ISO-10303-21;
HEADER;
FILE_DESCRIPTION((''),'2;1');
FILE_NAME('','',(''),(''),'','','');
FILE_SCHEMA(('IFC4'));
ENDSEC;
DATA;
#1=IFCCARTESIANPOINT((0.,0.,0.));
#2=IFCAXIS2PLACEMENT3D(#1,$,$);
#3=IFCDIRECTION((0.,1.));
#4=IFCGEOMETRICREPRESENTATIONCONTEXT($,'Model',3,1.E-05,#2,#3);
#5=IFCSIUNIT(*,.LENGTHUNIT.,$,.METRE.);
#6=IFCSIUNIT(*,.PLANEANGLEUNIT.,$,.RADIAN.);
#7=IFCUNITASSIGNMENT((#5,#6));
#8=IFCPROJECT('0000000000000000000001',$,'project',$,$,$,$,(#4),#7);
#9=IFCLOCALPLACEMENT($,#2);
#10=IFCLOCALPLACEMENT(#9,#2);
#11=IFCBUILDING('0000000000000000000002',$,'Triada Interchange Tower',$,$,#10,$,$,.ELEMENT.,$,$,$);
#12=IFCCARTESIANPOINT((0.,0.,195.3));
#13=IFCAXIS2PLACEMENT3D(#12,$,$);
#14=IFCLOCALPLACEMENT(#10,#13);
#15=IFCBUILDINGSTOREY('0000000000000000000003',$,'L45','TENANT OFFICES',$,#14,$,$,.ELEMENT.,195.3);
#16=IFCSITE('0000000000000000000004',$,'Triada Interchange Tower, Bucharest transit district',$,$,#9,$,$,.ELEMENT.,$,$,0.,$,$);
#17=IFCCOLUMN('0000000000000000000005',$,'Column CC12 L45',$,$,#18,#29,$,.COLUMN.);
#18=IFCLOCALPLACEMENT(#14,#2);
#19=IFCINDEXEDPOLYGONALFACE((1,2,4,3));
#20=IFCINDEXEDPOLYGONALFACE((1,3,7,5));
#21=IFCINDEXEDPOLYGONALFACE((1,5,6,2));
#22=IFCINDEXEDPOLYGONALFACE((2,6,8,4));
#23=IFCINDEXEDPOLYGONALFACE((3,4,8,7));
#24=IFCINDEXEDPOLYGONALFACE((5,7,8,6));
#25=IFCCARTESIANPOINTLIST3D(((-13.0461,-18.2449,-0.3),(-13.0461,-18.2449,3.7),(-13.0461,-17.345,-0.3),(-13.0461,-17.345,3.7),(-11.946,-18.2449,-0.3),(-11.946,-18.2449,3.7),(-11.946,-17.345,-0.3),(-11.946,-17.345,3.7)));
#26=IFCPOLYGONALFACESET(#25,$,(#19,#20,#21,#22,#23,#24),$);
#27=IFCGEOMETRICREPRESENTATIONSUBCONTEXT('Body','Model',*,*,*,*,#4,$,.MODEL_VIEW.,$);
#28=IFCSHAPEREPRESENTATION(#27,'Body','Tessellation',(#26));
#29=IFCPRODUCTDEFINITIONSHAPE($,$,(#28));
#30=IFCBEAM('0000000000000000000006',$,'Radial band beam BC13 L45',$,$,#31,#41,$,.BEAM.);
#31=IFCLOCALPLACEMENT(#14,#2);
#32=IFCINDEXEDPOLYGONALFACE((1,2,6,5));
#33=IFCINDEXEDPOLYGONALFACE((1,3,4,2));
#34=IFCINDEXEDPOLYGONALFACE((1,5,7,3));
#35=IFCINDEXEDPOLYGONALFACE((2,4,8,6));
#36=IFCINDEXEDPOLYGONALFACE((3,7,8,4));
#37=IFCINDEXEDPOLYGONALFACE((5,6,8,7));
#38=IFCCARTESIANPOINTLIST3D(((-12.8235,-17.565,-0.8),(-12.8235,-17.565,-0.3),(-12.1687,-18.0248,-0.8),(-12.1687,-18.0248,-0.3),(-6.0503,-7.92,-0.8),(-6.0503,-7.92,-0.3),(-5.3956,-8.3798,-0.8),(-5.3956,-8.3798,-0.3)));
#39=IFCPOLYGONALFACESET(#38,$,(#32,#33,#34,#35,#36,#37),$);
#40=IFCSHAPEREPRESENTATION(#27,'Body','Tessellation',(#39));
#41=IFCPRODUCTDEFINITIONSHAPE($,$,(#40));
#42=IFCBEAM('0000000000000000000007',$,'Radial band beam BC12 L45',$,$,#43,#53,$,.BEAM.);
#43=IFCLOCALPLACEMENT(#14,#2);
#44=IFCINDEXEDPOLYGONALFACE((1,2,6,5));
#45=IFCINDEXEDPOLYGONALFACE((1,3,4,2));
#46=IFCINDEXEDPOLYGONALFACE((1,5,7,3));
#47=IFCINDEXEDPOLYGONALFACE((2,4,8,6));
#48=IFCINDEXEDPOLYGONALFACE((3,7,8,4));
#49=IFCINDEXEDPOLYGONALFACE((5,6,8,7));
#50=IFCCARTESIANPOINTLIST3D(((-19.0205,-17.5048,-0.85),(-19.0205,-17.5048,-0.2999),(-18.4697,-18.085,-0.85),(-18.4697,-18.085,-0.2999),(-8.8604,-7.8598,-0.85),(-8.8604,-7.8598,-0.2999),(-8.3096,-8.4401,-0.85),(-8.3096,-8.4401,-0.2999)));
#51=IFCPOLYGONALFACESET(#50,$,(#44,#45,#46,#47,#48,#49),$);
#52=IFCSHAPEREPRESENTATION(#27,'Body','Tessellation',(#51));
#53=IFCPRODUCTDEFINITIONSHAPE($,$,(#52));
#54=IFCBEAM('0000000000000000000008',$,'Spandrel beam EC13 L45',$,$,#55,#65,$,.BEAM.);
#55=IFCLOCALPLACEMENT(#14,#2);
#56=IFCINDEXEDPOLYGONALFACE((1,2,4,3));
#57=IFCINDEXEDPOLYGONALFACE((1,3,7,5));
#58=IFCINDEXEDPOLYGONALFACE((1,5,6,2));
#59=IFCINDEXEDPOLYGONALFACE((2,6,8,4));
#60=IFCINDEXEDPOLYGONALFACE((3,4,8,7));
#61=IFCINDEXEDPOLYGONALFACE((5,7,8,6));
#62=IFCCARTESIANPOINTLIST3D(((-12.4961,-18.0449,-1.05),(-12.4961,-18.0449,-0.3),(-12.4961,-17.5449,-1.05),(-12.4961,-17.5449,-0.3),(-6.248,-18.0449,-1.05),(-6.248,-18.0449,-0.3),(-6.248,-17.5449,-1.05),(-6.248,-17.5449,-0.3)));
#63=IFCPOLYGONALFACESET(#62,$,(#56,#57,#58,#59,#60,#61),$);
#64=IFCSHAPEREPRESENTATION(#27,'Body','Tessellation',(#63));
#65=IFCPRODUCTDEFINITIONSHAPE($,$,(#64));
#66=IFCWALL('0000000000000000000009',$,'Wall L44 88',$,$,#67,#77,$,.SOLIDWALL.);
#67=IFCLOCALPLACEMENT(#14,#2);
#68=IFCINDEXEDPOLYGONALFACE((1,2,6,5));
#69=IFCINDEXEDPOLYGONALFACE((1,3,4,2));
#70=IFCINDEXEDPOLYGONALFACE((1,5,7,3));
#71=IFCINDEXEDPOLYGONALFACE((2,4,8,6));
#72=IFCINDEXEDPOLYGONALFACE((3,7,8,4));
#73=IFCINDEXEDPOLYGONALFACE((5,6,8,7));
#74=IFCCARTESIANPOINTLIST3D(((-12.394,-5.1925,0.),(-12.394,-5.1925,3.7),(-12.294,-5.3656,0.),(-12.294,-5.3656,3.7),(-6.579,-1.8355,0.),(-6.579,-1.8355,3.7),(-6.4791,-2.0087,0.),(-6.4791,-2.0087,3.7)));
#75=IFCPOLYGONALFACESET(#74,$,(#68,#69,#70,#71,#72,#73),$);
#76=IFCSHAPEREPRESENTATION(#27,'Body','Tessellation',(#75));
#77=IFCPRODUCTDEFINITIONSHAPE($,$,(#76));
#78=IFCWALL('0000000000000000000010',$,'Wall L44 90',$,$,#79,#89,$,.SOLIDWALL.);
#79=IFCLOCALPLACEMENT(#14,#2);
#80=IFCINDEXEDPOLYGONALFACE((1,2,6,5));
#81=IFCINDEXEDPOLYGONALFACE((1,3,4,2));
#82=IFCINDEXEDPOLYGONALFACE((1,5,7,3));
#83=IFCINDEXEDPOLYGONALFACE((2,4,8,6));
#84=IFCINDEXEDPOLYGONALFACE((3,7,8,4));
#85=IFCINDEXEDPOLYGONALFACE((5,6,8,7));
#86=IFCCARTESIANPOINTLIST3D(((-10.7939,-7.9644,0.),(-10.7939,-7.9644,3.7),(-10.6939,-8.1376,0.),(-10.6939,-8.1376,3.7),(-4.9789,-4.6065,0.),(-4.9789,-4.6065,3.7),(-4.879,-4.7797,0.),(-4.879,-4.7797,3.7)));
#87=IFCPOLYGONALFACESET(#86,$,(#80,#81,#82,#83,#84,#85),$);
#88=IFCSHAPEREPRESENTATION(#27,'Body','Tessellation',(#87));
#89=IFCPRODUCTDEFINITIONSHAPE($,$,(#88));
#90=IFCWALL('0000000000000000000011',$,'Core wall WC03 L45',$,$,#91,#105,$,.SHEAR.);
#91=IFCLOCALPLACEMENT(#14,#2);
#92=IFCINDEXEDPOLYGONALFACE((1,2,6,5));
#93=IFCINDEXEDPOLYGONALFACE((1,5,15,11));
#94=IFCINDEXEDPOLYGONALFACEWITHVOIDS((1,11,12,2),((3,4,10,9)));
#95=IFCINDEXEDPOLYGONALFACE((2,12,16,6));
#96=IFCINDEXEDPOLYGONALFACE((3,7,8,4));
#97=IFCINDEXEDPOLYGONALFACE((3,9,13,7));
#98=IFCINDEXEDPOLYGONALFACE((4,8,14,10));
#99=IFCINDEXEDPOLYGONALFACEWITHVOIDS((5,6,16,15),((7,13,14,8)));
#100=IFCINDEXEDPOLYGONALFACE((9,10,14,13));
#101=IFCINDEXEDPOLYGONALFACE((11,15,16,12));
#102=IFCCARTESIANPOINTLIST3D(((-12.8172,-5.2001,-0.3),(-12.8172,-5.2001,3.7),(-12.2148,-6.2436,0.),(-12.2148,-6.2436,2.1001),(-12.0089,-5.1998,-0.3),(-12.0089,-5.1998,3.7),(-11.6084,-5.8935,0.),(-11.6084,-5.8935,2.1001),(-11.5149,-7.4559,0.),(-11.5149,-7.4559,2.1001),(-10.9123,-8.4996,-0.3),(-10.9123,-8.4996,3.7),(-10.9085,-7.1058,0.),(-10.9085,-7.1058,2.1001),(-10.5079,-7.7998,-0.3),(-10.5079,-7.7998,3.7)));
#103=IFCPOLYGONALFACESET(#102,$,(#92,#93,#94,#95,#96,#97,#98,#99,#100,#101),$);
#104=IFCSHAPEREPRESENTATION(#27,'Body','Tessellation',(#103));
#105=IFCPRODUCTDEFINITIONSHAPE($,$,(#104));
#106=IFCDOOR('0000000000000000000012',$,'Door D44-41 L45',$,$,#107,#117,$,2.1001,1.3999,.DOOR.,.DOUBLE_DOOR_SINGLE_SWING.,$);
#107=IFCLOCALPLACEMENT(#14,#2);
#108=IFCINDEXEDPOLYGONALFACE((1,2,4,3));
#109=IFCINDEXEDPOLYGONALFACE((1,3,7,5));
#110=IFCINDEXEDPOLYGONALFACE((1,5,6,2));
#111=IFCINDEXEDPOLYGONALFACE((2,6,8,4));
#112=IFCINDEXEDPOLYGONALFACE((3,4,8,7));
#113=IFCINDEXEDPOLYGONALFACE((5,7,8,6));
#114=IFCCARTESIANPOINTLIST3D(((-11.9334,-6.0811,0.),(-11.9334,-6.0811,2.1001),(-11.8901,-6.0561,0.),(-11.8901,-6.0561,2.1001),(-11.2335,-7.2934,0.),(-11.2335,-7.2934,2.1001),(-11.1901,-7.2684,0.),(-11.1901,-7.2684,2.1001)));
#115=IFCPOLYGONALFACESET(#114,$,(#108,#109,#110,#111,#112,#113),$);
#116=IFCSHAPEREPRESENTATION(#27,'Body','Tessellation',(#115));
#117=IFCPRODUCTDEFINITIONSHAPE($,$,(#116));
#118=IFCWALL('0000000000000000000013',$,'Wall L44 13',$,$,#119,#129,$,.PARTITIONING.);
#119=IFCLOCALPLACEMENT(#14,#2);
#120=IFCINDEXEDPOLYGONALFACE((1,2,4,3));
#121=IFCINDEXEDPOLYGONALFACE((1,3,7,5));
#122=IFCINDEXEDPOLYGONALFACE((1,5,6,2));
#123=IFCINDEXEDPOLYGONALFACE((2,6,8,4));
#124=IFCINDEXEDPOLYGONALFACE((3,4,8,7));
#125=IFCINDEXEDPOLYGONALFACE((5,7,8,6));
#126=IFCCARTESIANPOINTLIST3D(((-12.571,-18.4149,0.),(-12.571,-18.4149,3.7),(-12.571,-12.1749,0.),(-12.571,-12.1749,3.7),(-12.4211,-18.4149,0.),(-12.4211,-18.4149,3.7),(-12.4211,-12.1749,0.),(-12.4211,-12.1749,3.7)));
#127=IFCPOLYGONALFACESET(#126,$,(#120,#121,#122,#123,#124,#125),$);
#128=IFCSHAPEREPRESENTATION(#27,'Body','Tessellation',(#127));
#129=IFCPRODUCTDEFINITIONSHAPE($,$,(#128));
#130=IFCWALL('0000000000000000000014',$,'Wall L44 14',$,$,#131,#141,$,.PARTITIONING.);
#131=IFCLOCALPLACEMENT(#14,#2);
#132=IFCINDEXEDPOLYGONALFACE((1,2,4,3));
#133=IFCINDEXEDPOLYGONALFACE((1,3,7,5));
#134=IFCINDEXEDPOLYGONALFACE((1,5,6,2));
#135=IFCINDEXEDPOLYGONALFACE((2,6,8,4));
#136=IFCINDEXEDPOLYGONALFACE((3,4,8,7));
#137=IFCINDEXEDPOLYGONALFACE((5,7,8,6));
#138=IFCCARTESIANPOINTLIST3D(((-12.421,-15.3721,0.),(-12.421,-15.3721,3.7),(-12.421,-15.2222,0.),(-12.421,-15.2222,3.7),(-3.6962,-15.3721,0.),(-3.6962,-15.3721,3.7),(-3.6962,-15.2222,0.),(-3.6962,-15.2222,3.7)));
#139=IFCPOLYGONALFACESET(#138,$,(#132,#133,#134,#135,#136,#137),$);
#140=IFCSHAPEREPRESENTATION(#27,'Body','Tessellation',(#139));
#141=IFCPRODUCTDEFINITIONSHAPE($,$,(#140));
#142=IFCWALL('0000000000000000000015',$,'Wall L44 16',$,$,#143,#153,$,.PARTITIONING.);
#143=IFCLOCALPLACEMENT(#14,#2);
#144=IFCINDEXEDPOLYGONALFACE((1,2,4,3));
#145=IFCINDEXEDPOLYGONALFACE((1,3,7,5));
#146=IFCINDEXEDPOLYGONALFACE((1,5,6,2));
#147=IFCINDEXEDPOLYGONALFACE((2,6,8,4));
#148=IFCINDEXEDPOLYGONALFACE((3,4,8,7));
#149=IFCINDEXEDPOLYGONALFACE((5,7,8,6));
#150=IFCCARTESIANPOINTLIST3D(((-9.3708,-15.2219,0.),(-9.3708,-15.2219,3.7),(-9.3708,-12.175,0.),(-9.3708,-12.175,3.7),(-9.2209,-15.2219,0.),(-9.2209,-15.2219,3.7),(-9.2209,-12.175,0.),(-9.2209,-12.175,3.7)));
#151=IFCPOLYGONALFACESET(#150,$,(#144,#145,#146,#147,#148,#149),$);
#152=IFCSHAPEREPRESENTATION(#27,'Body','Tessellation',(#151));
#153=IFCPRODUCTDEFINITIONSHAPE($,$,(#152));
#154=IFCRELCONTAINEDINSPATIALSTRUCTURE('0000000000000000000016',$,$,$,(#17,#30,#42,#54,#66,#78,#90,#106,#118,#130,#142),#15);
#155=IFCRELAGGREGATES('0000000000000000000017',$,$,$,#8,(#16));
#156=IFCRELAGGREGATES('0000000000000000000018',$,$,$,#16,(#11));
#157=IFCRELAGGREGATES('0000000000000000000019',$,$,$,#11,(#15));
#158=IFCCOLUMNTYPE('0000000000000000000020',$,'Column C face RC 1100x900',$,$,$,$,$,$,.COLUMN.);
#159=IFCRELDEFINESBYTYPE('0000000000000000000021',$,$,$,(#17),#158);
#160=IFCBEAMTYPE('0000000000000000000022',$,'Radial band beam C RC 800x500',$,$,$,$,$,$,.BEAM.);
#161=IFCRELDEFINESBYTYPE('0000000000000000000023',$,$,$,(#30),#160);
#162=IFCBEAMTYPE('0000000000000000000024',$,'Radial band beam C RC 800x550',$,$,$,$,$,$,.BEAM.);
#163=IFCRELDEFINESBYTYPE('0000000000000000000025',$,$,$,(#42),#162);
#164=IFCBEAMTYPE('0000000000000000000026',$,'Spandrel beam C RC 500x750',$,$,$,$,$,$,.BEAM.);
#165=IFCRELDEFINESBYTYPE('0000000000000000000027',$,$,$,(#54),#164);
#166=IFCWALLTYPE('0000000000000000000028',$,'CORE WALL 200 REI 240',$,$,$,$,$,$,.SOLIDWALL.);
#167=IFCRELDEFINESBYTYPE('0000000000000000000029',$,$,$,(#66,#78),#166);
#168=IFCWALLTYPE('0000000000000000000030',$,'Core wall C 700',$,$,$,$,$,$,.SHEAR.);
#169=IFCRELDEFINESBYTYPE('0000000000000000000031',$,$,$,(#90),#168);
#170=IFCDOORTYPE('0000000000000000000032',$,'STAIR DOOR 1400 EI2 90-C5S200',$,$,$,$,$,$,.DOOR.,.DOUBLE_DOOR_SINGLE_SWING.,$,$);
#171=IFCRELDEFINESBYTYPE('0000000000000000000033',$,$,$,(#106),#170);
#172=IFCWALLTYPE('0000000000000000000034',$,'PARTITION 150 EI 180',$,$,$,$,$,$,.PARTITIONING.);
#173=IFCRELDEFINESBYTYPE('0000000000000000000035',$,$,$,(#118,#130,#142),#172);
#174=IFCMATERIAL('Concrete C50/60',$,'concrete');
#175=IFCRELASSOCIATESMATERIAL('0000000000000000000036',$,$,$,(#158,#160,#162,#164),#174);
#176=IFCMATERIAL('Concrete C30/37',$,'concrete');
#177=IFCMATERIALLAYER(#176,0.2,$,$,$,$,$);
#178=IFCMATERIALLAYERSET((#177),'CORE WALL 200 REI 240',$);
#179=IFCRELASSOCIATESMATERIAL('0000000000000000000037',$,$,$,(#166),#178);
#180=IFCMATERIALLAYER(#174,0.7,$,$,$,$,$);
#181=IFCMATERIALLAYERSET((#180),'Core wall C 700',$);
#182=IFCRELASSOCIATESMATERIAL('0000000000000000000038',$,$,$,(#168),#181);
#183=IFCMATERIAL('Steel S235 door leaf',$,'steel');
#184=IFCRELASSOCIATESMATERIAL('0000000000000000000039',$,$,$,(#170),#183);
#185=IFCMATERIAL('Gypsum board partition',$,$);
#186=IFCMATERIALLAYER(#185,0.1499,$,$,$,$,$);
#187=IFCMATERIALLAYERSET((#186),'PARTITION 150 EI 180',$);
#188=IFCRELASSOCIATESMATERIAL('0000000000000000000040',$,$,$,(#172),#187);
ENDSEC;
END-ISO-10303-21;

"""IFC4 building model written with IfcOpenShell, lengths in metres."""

from ifc_helpers import new_model, si_unit, direction, frame, frame_2d, origin, origin_2d, place, context, subcontext, project, spatial, polyline, rectangle, outline, extrude, material, layer, layer_set, material_profile, profile_set, type_object, element, fill, save


model = new_model("IFC4")

# Units and contexts
model_context = context("Model", 3, precision=1e-05, world=origin(), true_north=direction((0.0, 1.0)))
body_context = subcontext(model_context, "Body", "Model", "MODEL_VIEW")
ifc_project = project(units=[si_unit("LENGTHUNIT", "METRE"), si_unit("PLANEANGLEUNIT", "RADIAN")], contexts=[model_context])

# Site, building, storey
site_placement = place(None, origin())
site = spatial("IfcSite", under=ifc_project, at=site_placement, Name="Triada Interchange Tower, Bucharest transit district", CompositionType="ELEMENT", RefElevation=0.0)
building_placement = place(site_placement, origin())
building = spatial("IfcBuilding", under=site, at=building_placement, Name="Triada Interchange Tower", CompositionType="ELEMENT")
storey_placement = place(building_placement, frame((0.0, 0.0, 195.3)))
storey = spatial("IfcBuildingStorey", under=building, at=storey_placement, Name="L45", Description="TENANT OFFICES", CompositionType="ELEMENT", Elevation=195.3)

# Column
ifc_material_1 = material(Name="Concrete C50/60", Category="concrete")
ifc_material_profile_1 = material_profile(ifc_material_1, rectangle(XDim=1.1001, YDim=0.8999, at=origin_2d()), Name="RC 1100x900")
ifc_profile_set_1 = profile_set([ifc_material_profile_1], Name="Concrete C50/60")
column_type = type_object("IfcColumnType", Name="Column C face RC 1100x900", PredefinedType="COLUMN", material=ifc_profile_set_1)
column_placement = place(storey_placement, frame((-12.4961, -17.7949, -0.3), z_axis=(0.0, 0.0, 1.0), x_axis=(1.0, 0.0, 0.0)))
element("IfcColumn", 1, at=column_placement, inside=storey, type_object=column_type, Name="Column CC12 L45", PredefinedType="COLUMN", context=body_context, shape_type="SweptSolid", body=[
    extrude(rectangle(XDim=1.1001, YDim=0.8999, at=origin_2d()), origin(), (0.0, 0.0, 1.0), 4.0),
])

# Beams
ifc_material_profile_2 = material_profile(ifc_material_1, rectangle(XDim=0.8, YDim=0.5, at=origin_2d()), Name="RC 800x500")
ifc_profile_set_2 = profile_set([ifc_material_profile_2], Name="Concrete C50/60")
beam_type_1 = type_object("IfcBeamType", Name="Radial band beam C RC 800x500", PredefinedType="BEAM", material=ifc_profile_set_2)
beam_1_placement = place(storey_placement, frame((-12.4961, -17.7949, -0.55), z_axis=(0.574696, 0.818367, 0.0), x_axis=(-0.818367, 0.574696, 0.0)))
element("IfcBeam", 2, at=beam_1_placement, inside=storey, type_object=beam_type_1, Name="Radial band beam BC13 L45", PredefinedType="BEAM", context=body_context, shape_type="SweptSolid", body=[
    extrude(rectangle(XDim=0.8, YDim=0.5, at=origin_2d()), origin(), (0.0, 0.0, 1.0), 11.7856),
])
ifc_material_profile_3 = material_profile(ifc_material_1, rectangle(XDim=0.8, YDim=0.55, at=origin_2d()), Name="RC 800x550")
ifc_profile_set_3 = profile_set([ifc_material_profile_3], Name="Concrete C50/60")
beam_type_2 = type_object("IfcBeamType", Name="Radial band beam C RC 800x550", PredefinedType="BEAM", material=ifc_profile_set_3)
beam_2_placement = place(storey_placement, frame((-18.7451, -17.7949, -0.575), z_axis=(0.725253, 0.688482, 0.0), x_axis=(-0.688482, 0.725253, 0.0)))
element("IfcBeam", 3, at=beam_2_placement, inside=storey, type_object=beam_type_2, Name="Radial band beam BC12 L45", PredefinedType="BEAM", context=body_context, shape_type="SweptSolid", body=[
    extrude(rectangle(XDim=0.8, YDim=0.55, at=origin_2d()), origin(), (0.0, 0.0, 1.0), 14.009),
])
ifc_material_profile_4 = material_profile(ifc_material_1, rectangle(XDim=0.5, YDim=0.75, at=origin_2d()), Name="RC 500x750")
ifc_profile_set_4 = profile_set([ifc_material_profile_4], Name="Concrete C50/60")
beam_type_3 = type_object("IfcBeamType", Name="Spandrel beam C RC 500x750", PredefinedType="BEAM", material=ifc_profile_set_4)
beam_3_placement = place(storey_placement, frame((-12.4961, -17.7949, -0.675), z_axis=(1.0, 0.0, 0.0), x_axis=(0.0, 1.0, 0.0)))
element("IfcBeam", 4, at=beam_3_placement, inside=storey, type_object=beam_type_3, Name="Spandrel beam EC13 L45", PredefinedType="BEAM", context=body_context, shape_type="SweptSolid", body=[
    extrude(rectangle(XDim=0.5, YDim=0.75, at=origin_2d()), origin(), (0.0, 0.0, 1.0), 6.248),
])

# Walls
ifc_material_2 = material(Name="Concrete C30/37", Category="concrete")
ifc_layer_1 = layer(ifc_material_2, 0.2)
ifc_layer_set_1 = layer_set([ifc_layer_1], Name="CORE WALL 200 REI 240")
wall_type_1 = type_object("IfcWallType", Name="CORE WALL 200 REI 240", PredefinedType="SOLIDWALL", material=ifc_layer_set_1)
wall_1_placement = place(storey_placement, frame((-12.344, -5.2791, 0.0), z_axis=(0.0, 0.0, 1.0), x_axis=(0.866046, 0.499964, 0.0)))
element("IfcWall", 5, at=wall_1_placement, inside=storey, type_object=wall_type_1, Name="Wall L44 88", PredefinedType="SOLIDWALL", context=body_context, shape_type="SweptSolid", body=[
    extrude(rectangle(XDim=6.7144, YDim=0.2, at=frame_2d((3.3572, 0.0))), origin(), (0.0, 0.0, 1.0), 3.7),
])
wall_2_placement = place(storey_placement, frame((-10.7439, -8.051, 0.0), z_axis=(0.0, 0.0, 1.0), x_axis=(0.865983, 0.500073, 0.0)))
element("IfcWall", 6, at=wall_2_placement, inside=storey, type_object=wall_type_1, Name="Wall L44 90", PredefinedType="SOLIDWALL", context=body_context, shape_type="SweptSolid", body=[
    extrude(rectangle(XDim=6.7148, YDim=0.2, at=frame_2d((3.3574, 0.0))), origin(), (0.0, 0.0, 1.0), 3.7),
])

# Wall, opening, door
ifc_layer_2 = layer(ifc_material_1, 0.7)
ifc_layer_set_2 = layer_set([ifc_layer_2], Name="Core wall C 700")
wall_type_2 = type_object("IfcWallType", Name="Core wall C 700", PredefinedType="SHEAR", material=ifc_layer_set_2)
wall_3_placement = place(storey_placement, frame((-12.4131, -5.2, -0.3), z_axis=(0.0, 0.0, 1.0), x_axis=(0.499993, -0.866029, 0.0)))
wall_3 = element("IfcWall", 7, at=wall_3_placement, inside=storey, type_object=wall_type_2, Name="Core wall WC03 L45", PredefinedType="SHEAR", context=body_context, shape_type="SweptSolid", body=[
    extrude(outline(polyline([(-0.2019, -0.3501), (1.7031, -0.3501), (3.6079, -0.3501), (3.2041, 0.3501), (1.7031, 0.3501), (0.2019, 0.3501), (-0.2019, -0.3501)])), origin(), (0.0, 0.0, 1.0), 4.0),
])
opening_1_placement = place(wall_3_placement, frame((1.0029, 0.0, 0.3)))
opening_1 = element("IfcOpeningElement", 8, at=opening_1_placement, cuts=wall_3, PredefinedType="OPENING", context=body_context, shape_type="SweptSolid", body=[
    extrude(rectangle(XDim=1.3999, YDim=2.1001, at=frame_2d((0.7, 1.05))), frame((0.0, 0.3601, 0.0), z_axis=(0.0, -1.0, 0.0), x_axis=(1.0, 0.0, 0.0)), (0.0, 0.0, 1.0), 0.7202),
])
ifc_material_3 = material(Name="Steel S235 door leaf", Category="steel")
door_type_1 = type_object("IfcDoorType", Name="STAIR DOOR 1400 EI2 90-C5S200", OperationType="DOUBLE_DOOR_SINGLE_SWING", PredefinedType="DOOR", material=ifc_material_3)
door_1_placement = place(opening_1_placement, origin())
door_1 = element("IfcDoor", 9, at=door_1_placement, inside=storey, type_object=door_type_1, Name="Door D44-41 L45", OperationType="DOUBLE_DOOR_SINGLE_SWING", OverallHeight=2.1001, OverallWidth=1.3999, PredefinedType="DOOR", context=body_context, shape_type="SweptSolid", body=[
    extrude(rectangle(XDim=1.3999, YDim=2.1001, at=frame_2d((0.7, 1.05))), frame((0.0, 0.0249, 0.0), z_axis=(0.0, -1.0, 0.0), x_axis=(1.0, 0.0, 0.0)), (0.0, 0.0, 1.0), 0.05),
])
fill(opening_1, door_1)

# Walls
ifc_material_4 = material(Name="Gypsum board partition")
ifc_layer_3 = layer(ifc_material_4, 0.1499)
ifc_layer_set_3 = layer_set([ifc_layer_3], Name="PARTITION 150 EI 180")
wall_type_3 = type_object("IfcWallType", Name="PARTITION 150 EI 180", PredefinedType="PARTITIONING", material=ifc_layer_set_3)
wall_4_placement = place(storey_placement, frame((-12.4961, -18.415, 0.0), z_axis=(0.0, 0.0, 1.0), x_axis=(0.0, 1.0, 0.0)))
element("IfcWall", 10, at=wall_4_placement, inside=storey, type_object=wall_type_3, Name="Wall L44 13", PredefinedType="PARTITIONING", context=body_context, shape_type="SweptSolid", body=[
    extrude(rectangle(XDim=6.24, YDim=0.1499, at=frame_2d((3.1201, 0.0))), origin(), (0.0, 0.0, 1.0), 3.7),
])
wall_5_placement = place(storey_placement, frame((-12.4209, -15.2971, 0.0), z_axis=(0.0, 0.0, 1.0), x_axis=(1.0, 0.0, 0.0)))
element("IfcWall", 11, at=wall_5_placement, inside=storey, type_object=wall_type_3, Name="Wall L44 14", PredefinedType="PARTITIONING", context=body_context, shape_type="SweptSolid", body=[
    extrude(rectangle(XDim=8.7249, YDim=0.1499, at=frame_2d((4.3623, 0.0))), origin(), (0.0, 0.0, 1.0), 3.7),
])
wall_6_placement = place(storey_placement, frame((-9.2959, -15.2219, 0.0), z_axis=(0.0, 0.0, 1.0), x_axis=(0.0, 1.0, 0.0)))
element("IfcWall", 12, at=wall_6_placement, inside=storey, type_object=wall_type_3, Name="Wall L44 16", PredefinedType="PARTITIONING", context=body_context, shape_type="SweptSolid", body=[
    extrude(rectangle(XDim=3.0469, YDim=0.1499, at=frame_2d((1.5234, 0.0))), origin(), (0.0, 0.0, 1.0), 3.7),
])

save(model, "model.ifc")
